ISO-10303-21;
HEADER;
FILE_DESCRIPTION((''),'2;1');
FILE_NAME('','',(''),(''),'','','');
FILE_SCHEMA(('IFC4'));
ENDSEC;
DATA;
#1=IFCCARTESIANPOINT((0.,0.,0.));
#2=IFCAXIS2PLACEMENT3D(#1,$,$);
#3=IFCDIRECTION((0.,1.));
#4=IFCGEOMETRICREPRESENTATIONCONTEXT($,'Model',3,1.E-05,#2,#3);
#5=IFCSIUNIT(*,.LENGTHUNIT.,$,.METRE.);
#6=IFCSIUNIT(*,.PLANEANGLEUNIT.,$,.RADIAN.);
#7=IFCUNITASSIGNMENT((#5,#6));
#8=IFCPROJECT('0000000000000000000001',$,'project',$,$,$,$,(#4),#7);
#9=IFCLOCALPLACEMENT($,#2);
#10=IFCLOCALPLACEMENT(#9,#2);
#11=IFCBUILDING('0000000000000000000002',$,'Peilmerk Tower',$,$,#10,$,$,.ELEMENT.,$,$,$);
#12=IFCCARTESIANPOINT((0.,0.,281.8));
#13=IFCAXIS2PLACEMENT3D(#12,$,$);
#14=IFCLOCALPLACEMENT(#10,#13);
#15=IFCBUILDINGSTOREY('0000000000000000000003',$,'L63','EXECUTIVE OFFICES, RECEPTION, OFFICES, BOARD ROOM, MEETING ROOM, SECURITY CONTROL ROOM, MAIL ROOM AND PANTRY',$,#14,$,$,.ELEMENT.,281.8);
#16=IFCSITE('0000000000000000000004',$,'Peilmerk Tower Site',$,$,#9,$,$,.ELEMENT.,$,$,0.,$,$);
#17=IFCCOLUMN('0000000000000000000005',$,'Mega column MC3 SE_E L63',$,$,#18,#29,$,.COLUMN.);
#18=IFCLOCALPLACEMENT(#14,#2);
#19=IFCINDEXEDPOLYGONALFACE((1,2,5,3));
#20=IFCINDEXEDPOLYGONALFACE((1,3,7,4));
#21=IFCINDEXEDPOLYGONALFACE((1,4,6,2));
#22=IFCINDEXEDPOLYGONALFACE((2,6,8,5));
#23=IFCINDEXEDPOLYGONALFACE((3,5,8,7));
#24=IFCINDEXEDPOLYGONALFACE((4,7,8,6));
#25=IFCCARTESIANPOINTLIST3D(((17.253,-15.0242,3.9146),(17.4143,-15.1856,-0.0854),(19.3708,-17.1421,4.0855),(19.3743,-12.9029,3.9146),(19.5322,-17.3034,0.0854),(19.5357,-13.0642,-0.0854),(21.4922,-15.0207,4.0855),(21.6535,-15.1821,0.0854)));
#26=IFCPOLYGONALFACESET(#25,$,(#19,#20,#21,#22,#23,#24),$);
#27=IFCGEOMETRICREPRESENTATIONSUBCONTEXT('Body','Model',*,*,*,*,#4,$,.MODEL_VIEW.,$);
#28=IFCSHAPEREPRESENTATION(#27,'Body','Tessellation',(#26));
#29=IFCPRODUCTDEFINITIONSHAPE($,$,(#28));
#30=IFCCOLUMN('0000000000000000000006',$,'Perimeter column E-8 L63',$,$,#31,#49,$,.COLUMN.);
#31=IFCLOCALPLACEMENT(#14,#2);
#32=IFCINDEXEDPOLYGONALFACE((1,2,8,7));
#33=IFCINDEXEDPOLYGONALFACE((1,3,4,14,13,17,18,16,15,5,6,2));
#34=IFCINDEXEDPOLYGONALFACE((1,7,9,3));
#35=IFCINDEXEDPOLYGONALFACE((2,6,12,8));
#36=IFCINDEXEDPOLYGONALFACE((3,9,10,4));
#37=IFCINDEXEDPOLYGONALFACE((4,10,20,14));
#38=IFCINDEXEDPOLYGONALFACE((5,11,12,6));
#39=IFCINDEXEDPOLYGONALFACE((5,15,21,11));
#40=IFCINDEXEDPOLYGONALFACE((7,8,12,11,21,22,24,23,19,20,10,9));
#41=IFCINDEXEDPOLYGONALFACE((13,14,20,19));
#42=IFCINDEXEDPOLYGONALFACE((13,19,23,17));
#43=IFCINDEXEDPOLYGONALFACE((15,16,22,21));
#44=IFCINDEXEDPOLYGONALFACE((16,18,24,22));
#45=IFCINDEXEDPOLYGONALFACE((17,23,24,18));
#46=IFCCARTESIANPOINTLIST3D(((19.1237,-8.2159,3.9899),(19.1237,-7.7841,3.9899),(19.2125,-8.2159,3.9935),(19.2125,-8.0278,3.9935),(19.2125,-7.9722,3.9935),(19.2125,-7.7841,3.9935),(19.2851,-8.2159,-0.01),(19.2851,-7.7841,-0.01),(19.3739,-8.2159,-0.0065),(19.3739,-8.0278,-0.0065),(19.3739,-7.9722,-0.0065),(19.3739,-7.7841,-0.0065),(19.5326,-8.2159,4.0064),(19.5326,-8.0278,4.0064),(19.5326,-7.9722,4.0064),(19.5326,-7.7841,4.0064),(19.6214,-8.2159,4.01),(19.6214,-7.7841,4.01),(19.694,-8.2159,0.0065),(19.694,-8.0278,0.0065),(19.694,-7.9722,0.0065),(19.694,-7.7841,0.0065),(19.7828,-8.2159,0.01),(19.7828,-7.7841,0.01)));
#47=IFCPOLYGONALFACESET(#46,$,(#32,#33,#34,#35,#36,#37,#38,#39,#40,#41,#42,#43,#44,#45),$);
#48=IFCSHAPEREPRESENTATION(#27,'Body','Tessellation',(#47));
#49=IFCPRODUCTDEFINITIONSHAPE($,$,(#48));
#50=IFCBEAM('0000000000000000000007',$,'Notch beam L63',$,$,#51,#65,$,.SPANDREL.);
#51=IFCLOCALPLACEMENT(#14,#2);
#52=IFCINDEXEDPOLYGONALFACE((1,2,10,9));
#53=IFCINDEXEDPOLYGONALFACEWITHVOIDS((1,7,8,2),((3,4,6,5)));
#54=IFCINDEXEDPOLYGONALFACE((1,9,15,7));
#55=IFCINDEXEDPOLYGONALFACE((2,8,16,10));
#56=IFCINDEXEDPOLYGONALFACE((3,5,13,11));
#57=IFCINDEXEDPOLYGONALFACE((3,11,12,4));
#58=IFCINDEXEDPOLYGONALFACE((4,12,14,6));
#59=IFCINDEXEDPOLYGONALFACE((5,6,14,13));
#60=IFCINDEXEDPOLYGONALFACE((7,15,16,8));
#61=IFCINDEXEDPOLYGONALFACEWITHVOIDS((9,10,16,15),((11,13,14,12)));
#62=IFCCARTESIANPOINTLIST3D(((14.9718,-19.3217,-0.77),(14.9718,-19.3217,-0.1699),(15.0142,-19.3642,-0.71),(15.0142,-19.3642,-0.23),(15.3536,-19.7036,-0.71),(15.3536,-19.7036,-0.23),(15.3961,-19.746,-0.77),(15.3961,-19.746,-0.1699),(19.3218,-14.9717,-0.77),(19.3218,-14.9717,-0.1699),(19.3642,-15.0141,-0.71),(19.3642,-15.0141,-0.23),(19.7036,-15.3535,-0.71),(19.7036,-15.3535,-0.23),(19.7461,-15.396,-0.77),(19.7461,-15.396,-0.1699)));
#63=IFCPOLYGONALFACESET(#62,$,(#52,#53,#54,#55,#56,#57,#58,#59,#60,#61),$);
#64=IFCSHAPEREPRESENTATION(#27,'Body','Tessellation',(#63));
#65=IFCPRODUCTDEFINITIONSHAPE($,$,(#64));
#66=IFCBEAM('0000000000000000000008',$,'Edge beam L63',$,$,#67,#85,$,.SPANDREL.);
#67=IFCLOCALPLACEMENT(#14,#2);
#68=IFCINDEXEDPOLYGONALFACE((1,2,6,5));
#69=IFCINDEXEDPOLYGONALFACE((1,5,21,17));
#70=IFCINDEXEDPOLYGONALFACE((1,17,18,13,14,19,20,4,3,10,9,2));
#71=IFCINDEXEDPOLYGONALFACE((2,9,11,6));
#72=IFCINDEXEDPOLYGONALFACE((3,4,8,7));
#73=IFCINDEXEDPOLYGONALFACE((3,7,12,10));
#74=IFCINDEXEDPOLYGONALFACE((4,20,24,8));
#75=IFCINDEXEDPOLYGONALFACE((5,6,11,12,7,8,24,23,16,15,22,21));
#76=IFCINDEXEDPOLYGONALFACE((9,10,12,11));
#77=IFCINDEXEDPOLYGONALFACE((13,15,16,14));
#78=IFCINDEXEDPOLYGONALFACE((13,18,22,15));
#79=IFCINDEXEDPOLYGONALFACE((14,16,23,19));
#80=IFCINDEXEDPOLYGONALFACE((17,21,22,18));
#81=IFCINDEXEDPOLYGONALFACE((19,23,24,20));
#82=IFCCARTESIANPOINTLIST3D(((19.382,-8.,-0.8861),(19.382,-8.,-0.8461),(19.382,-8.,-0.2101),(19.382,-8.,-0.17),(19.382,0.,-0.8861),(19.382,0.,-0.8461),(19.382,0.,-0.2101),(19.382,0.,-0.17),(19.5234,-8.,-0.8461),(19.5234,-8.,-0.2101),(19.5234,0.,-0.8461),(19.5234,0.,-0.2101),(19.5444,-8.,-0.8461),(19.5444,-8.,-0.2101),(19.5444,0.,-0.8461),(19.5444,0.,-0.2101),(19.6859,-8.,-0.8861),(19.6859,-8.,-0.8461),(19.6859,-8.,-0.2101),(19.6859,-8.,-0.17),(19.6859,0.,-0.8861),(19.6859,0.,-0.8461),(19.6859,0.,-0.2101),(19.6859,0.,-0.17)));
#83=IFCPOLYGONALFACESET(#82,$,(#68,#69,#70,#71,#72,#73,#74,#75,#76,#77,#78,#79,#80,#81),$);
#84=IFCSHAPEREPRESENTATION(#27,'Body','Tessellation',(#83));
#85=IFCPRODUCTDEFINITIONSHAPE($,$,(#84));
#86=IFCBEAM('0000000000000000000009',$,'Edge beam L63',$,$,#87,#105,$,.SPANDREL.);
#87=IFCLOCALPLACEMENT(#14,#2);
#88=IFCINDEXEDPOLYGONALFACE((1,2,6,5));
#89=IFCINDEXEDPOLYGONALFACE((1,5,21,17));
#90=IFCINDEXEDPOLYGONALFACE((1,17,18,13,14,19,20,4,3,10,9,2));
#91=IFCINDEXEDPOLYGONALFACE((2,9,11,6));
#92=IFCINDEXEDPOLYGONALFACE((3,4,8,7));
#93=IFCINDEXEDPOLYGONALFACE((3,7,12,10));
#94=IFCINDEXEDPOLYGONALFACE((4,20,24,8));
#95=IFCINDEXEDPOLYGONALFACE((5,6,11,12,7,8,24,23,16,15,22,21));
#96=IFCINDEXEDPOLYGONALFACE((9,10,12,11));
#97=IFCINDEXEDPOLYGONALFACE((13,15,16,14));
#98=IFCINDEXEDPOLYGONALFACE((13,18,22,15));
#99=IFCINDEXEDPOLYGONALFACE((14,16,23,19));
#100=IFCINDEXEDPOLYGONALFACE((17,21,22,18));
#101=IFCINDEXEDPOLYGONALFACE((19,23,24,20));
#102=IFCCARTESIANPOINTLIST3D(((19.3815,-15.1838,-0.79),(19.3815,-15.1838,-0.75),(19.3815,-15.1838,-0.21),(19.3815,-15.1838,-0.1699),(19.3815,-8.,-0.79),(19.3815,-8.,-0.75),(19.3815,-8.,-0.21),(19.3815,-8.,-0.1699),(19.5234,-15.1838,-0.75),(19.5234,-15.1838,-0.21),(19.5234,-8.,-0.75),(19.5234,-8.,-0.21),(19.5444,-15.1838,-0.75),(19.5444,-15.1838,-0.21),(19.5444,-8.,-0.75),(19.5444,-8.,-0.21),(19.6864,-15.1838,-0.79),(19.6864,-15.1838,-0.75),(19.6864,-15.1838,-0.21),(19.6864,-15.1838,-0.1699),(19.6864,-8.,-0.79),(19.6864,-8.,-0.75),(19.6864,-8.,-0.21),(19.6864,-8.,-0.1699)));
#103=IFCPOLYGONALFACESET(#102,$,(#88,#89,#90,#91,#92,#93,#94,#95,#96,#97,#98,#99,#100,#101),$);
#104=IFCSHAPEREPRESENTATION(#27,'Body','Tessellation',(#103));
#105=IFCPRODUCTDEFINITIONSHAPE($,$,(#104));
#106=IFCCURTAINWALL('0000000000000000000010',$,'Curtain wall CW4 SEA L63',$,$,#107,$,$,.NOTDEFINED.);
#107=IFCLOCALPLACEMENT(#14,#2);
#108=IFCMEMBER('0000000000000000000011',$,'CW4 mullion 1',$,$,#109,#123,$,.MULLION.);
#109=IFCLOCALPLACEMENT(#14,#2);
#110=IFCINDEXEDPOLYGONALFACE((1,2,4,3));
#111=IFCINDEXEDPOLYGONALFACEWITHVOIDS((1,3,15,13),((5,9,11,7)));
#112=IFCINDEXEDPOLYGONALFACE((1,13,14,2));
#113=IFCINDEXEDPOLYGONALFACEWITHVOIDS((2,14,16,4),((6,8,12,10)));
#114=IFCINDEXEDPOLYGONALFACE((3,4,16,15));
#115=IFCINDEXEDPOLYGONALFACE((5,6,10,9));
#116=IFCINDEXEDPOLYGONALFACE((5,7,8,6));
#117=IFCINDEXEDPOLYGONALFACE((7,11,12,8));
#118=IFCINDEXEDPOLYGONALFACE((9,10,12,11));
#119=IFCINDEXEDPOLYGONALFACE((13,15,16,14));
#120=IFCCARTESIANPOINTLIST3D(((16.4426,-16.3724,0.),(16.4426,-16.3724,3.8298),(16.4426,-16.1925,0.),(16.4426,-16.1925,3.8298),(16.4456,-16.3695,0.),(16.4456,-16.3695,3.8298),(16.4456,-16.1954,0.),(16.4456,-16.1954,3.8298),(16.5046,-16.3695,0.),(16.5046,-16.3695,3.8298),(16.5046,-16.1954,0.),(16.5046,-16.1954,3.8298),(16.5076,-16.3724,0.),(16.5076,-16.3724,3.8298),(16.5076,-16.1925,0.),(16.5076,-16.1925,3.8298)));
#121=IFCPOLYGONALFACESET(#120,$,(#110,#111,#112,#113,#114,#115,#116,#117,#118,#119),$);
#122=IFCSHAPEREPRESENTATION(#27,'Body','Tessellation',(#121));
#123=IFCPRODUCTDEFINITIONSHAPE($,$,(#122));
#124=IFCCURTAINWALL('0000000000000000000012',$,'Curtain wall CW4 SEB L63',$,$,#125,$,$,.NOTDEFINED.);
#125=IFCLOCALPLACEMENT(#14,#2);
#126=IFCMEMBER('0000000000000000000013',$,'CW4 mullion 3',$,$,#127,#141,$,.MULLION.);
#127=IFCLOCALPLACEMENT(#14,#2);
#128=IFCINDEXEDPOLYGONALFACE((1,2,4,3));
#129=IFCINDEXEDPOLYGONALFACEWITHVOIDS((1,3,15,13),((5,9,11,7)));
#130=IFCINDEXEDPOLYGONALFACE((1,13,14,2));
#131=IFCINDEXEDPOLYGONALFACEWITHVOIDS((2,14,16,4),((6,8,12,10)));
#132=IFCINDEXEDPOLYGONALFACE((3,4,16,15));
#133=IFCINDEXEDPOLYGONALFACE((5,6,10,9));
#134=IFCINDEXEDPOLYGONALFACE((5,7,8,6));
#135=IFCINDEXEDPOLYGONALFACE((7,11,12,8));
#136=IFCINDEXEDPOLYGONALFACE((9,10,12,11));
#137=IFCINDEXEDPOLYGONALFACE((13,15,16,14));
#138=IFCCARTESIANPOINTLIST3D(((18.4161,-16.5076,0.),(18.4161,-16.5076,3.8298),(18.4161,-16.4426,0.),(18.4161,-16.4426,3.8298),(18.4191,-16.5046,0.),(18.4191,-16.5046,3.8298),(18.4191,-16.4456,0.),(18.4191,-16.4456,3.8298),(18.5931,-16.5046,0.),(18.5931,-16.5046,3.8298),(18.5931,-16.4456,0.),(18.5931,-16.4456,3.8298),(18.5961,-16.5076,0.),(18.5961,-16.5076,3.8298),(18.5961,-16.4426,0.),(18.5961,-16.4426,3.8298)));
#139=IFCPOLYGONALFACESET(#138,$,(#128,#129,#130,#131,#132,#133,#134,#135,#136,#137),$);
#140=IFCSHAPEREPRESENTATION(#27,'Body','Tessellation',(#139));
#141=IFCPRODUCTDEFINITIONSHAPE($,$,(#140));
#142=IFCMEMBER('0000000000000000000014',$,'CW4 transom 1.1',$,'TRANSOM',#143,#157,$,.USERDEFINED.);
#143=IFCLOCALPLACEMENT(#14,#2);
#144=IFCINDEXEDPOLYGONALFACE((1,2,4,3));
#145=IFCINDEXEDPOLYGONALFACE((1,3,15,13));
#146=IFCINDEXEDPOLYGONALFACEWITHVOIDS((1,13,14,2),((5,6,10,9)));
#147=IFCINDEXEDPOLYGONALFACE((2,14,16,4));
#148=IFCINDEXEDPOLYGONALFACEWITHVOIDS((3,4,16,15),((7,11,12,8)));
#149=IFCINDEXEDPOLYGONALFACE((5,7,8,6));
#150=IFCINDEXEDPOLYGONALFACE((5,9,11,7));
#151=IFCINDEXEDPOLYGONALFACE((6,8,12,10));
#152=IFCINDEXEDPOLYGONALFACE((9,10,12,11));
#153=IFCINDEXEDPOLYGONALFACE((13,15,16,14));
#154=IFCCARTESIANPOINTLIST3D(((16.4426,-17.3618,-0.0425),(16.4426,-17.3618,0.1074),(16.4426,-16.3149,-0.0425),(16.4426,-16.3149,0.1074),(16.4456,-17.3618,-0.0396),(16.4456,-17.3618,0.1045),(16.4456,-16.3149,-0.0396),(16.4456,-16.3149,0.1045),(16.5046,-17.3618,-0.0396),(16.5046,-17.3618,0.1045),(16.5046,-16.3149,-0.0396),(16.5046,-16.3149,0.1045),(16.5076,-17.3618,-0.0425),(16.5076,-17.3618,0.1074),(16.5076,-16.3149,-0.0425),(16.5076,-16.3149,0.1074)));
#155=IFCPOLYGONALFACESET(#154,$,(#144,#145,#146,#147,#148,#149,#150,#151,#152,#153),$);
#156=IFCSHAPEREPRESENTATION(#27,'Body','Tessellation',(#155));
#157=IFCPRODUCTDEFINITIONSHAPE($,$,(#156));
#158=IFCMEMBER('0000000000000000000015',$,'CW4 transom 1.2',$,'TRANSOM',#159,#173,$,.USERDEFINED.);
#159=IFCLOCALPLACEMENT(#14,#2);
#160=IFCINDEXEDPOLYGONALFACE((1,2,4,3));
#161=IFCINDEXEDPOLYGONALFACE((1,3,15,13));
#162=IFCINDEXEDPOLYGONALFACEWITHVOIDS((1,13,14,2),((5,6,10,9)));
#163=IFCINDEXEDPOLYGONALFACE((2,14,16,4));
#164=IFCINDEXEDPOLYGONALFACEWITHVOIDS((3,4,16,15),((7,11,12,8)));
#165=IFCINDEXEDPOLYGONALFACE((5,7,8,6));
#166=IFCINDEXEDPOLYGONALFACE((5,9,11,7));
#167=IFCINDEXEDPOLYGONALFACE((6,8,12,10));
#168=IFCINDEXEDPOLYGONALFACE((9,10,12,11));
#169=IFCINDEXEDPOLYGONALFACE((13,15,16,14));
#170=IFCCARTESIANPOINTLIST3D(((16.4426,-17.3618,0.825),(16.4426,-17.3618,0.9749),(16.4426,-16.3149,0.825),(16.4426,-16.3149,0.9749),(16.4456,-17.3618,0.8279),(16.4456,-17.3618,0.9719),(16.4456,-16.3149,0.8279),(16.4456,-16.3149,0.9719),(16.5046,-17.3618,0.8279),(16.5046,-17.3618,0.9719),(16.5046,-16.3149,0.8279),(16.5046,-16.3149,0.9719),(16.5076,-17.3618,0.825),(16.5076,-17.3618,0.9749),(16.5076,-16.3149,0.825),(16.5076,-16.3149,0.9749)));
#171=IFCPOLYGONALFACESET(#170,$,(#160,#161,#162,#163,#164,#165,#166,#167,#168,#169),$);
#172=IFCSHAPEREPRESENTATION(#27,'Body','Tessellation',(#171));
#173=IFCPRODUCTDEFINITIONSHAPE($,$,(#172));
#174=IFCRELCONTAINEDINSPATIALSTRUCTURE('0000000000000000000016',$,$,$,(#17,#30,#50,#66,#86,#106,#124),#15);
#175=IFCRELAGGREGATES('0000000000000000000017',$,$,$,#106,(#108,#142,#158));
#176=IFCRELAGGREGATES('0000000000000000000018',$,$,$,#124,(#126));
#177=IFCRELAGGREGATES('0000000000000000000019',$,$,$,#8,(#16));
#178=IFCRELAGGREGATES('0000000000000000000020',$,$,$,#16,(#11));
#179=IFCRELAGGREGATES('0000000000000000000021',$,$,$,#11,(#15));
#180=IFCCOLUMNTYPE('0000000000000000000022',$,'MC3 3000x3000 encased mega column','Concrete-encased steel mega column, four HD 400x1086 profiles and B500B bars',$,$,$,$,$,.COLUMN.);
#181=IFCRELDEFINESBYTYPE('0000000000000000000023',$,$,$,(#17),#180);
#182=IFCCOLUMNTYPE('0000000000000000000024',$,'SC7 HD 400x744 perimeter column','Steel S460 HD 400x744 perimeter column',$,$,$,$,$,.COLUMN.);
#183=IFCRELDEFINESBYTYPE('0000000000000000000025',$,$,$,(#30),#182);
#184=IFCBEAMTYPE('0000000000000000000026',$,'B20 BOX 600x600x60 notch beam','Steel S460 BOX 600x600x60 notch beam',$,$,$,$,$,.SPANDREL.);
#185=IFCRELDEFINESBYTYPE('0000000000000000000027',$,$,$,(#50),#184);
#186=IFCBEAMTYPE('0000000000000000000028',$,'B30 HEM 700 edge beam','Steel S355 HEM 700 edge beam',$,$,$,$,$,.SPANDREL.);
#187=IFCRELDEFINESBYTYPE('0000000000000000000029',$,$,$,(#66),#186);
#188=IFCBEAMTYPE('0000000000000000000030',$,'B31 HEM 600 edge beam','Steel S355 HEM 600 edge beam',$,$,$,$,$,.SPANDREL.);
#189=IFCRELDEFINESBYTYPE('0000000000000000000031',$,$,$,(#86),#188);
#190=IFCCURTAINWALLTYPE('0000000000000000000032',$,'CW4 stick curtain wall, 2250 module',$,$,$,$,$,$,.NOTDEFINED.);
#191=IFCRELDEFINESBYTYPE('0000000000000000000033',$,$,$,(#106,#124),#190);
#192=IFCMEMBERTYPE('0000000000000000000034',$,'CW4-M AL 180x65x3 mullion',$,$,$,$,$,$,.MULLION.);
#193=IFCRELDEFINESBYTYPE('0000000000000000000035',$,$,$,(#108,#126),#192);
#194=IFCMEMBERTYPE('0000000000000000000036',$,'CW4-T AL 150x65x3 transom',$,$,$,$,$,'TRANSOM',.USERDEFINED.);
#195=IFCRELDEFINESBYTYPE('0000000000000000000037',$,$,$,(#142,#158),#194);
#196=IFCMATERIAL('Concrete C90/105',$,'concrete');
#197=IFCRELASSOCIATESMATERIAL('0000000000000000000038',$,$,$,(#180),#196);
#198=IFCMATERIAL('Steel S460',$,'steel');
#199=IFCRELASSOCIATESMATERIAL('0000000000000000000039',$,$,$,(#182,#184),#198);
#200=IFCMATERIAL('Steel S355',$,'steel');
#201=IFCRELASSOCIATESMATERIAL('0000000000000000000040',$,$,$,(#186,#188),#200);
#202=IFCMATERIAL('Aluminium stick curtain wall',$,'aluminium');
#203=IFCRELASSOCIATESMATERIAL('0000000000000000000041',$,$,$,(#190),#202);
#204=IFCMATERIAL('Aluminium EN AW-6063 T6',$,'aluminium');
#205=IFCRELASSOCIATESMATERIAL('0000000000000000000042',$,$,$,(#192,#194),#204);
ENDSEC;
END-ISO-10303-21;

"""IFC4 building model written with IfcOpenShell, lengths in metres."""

from ifc_helpers import new_model, si_unit, direction, frame, origin, origin_2d, place, context, subcontext, project, spatial, rectangle, hollow_rectangle, i_section, extrude, material, material_profile, profile_set, type_object, element, aggregate, save


model = new_model("IFC4")

# Units and contexts
model_context = context("Model", 3, precision=1e-05, world=origin(), true_north=direction((0.0, 1.0)))
body_context = subcontext(model_context, "Body", "Model", "MODEL_VIEW")
ifc_project = project(units=[si_unit("LENGTHUNIT", "METRE"), si_unit("PLANEANGLEUNIT", "RADIAN")], contexts=[model_context])

# Site, building, storey
site_placement = place(None, origin())
site = spatial("IfcSite", under=ifc_project, at=site_placement, Name="Peilmerk Tower Site", CompositionType="ELEMENT", RefElevation=0.0)
building_placement = place(site_placement, origin())
building = spatial("IfcBuilding", under=site, at=building_placement, Name="Peilmerk Tower", CompositionType="ELEMENT")
storey_placement = place(building_placement, frame((0.0, 0.0, 281.8)))
storey = spatial("IfcBuildingStorey", under=building, at=storey_placement, Name="L63", Description="EXECUTIVE OFFICES, RECEPTION, OFFICES, BOARD ROOM, MEETING ROOM, SECURITY CONTROL ROOM, MAIL ROOM AND PANTRY", CompositionType="ELEMENT", Elevation=281.8)

# Columns
ifc_material_1 = material(Name="Concrete C90/105", Category="concrete")
ifc_material_profile_1 = material_profile(ifc_material_1, rectangle(XDim=3.0, YDim=3.0, at=origin_2d()), Name="RC 3000x3000")
ifc_profile_set_1 = profile_set([ifc_material_profile_1], Name="Concrete C90/105")
column_type_1 = type_object("IfcColumnType", Name="MC3 3000x3000 encased mega column", Description="Concrete-encased steel mega column, four HD 400x1086 profiles and B500B bars", PredefinedType="COLUMN", material=ifc_profile_set_1)
column_1_placement = place(storey_placement, frame((19.5339, -15.1838, 0.0), z_axis=(-0.040279, 0.040279, 0.998376), x_axis=(-0.707107, -0.707107, 0.0)))
element("IfcColumn", 1, at=column_1_placement, inside=storey, type_object=column_type_1, Name="Mega column MC3 SE_E L63", PredefinedType="COLUMN", context=body_context, shape_type="SweptSolid", body=[
    extrude(rectangle(XDim=3.0, YDim=3.0, at=origin_2d()), origin(), (0.0, 0.0, 1.0), 4.0066),
])
ifc_material_2 = material(Name="Steel S460", Category="steel")
ifc_material_profile_2 = material_profile(ifc_material_2, i_section(OverallWidth=0.4319, OverallDepth=0.498, WebThickness=0.0557, FlangeThickness=0.0889, at=origin_2d()), Name="HD 400x744")
ifc_profile_set_2 = profile_set([ifc_material_profile_2], Name="Steel S460")
column_type_2 = type_object("IfcColumnType", Name="SC7 HD 400x744 perimeter column", Description="Steel S460 HD 400x744 perimeter column", PredefinedType="COLUMN", material=ifc_profile_set_2)
column_2_placement = place(storey_placement, frame((19.5339, -8.0, 0.0), z_axis=(-0.040311, 0.0, 0.999187), x_axis=(0.0, -1.0, 0.0)))
element("IfcColumn", 2, at=column_2_placement, inside=storey, type_object=column_type_2, Name="Perimeter column E-8 L63", PredefinedType="COLUMN", context=body_context, shape_type="SweptSolid", body=[
    extrude(i_section(OverallWidth=0.4319, OverallDepth=0.498, WebThickness=0.0557, FlangeThickness=0.0889, at=origin_2d()), origin(), (0.0, 0.0, 1.0), 4.0032),
])

# Beams
ifc_material_profile_3 = material_profile(ifc_material_2, hollow_rectangle(XDim=0.6001, YDim=0.6001, WallThickness=0.0601, at=origin_2d()), Name="BOX 600x600x60")
ifc_profile_set_3 = profile_set([ifc_material_profile_3], Name="Steel S460")
beam_type_1 = type_object("IfcBeamType", Name="B20 BOX 600x600x60 notch beam", Description="Steel S460 BOX 600x600x60 notch beam", PredefinedType="SPANDREL", material=ifc_profile_set_3)
beam_1_placement = place(storey_placement, frame((19.5339, -15.1838, -0.47), z_axis=(-0.707107, -0.707107, 0.0), x_axis=(0.707107, -0.707107, 0.0)))
element("IfcBeam", 3, at=beam_1_placement, inside=storey, type_object=beam_type_1, Name="Notch beam L63", PredefinedType="SPANDREL", context=body_context, shape_type="SweptSolid", body=[
    extrude(hollow_rectangle(XDim=0.6001, YDim=0.6001, WallThickness=0.0601, at=origin_2d()), origin(), (0.0, 0.0, 1.0), 6.1519),
])
ifc_material_3 = material(Name="Steel S355", Category="steel")
ifc_material_profile_4 = material_profile(ifc_material_3, i_section(OverallWidth=0.304, OverallDepth=0.7161, WebThickness=0.021, FlangeThickness=0.04, at=origin_2d()), Name="HEM 700")
ifc_profile_set_4 = profile_set([ifc_material_profile_4], Name="Steel S355")
beam_type_2 = type_object("IfcBeamType", Name="B30 HEM 700 edge beam", Description="Steel S355 HEM 700 edge beam", PredefinedType="SPANDREL", material=ifc_profile_set_4)
beam_2_placement = place(storey_placement, frame((19.5339, -8.0, -0.5281), z_axis=(0.0, 1.0, 0.0), x_axis=(-1.0, 0.0, 0.0)))
element("IfcBeam", 4, at=beam_2_placement, inside=storey, type_object=beam_type_2, Name="Edge beam L63", PredefinedType="SPANDREL", context=body_context, shape_type="SweptSolid", body=[
    extrude(i_section(OverallWidth=0.304, OverallDepth=0.7161, WebThickness=0.021, FlangeThickness=0.04, at=origin_2d()), origin(), (0.0, 0.0, 1.0), 8.0),
])
ifc_material_profile_5 = material_profile(ifc_material_3, i_section(OverallWidth=0.3049, OverallDepth=0.6201, WebThickness=0.021, FlangeThickness=0.04, at=origin_2d()), Name="HEM 600")
ifc_profile_set_5 = profile_set([ifc_material_profile_5], Name="Steel S355")
beam_type_3 = type_object("IfcBeamType", Name="B31 HEM 600 edge beam", Description="Steel S355 HEM 600 edge beam", PredefinedType="SPANDREL", material=ifc_profile_set_5)
beam_3_placement = place(storey_placement, frame((19.5339, -15.1838, -0.48), z_axis=(0.0, 1.0, 0.0), x_axis=(-1.0, 0.0, 0.0)))
element("IfcBeam", 5, at=beam_3_placement, inside=storey, type_object=beam_type_3, Name="Edge beam L63", PredefinedType="SPANDREL", context=body_context, shape_type="SweptSolid", body=[
    extrude(i_section(OverallWidth=0.3049, OverallDepth=0.6201, WebThickness=0.021, FlangeThickness=0.04, at=origin_2d()), origin(), (0.0, 0.0, 1.0), 7.1838),
])

# Curtain walls, members
ifc_material_4 = material(Name="Aluminium stick curtain wall", Category="aluminium")
curtain_wall_type = type_object("IfcCurtainWallType", Name="CW4 stick curtain wall, 2250 module", PredefinedType="NOTDEFINED", material=ifc_material_4)
curtain_wall_1_placement = place(storey_placement, origin())
curtain_wall_1 = element("IfcCurtainWall", 6, at=curtain_wall_1_placement, inside=storey, type_object=curtain_wall_type, Name="Curtain wall CW4 SEA L63", PredefinedType="NOTDEFINED")
ifc_material_5 = material(Name="Aluminium EN AW-6063 T6", Category="aluminium")
ifc_material_profile_6 = material_profile(ifc_material_5, hollow_rectangle(XDim=0.0649, YDim=0.1799, WallThickness=0.0029, at=origin_2d()), Name="AL 180x65x3")
ifc_profile_set_6 = profile_set([ifc_material_profile_6], Name="Aluminium EN AW-6063 T6")
member_type_1 = type_object("IfcMemberType", Name="CW4-M AL 180x65x3 mullion", PredefinedType="MULLION", material=ifc_profile_set_6)
member_1_placement = place(storey_placement, frame((16.4751, -16.2825, 0.0), z_axis=(0.0, 0.0, 1.0), x_axis=(1.0, 0.0, 0.0)))
member_1 = element("IfcMember", 7, at=member_1_placement, type_object=member_type_1, Name="CW4 mullion 1", PredefinedType="MULLION", context=body_context, shape_type="SweptSolid", body=[
    extrude(hollow_rectangle(XDim=0.0649, YDim=0.1799, WallThickness=0.0029, at=origin_2d()), origin(), (0.0, 0.0, 1.0), 3.8298),
])
curtain_wall_2_placement = place(storey_placement, origin())
curtain_wall_2 = element("IfcCurtainWall", 8, at=curtain_wall_2_placement, inside=storey, type_object=curtain_wall_type, Name="Curtain wall CW4 SEB L63", PredefinedType="NOTDEFINED")
member_2_placement = place(storey_placement, frame((18.5061, -16.4751, 0.0), z_axis=(0.0, 0.0, 1.0), x_axis=(0.0, 1.0, 0.0)))
member_2 = element("IfcMember", 9, at=member_2_placement, type_object=member_type_1, Name="CW4 mullion 3", PredefinedType="MULLION", context=body_context, shape_type="SweptSolid", body=[
    extrude(hollow_rectangle(XDim=0.0649, YDim=0.1799, WallThickness=0.0029, at=origin_2d()), origin(), (0.0, 0.0, 1.0), 3.8298),
])

# Members
ifc_material_profile_7 = material_profile(ifc_material_5, hollow_rectangle(XDim=0.0649, YDim=0.1499, WallThickness=0.0029, at=origin_2d()), Name="AL 150x65x3")
ifc_profile_set_7 = profile_set([ifc_material_profile_7], Name="Aluminium EN AW-6063 T6")
member_type_2 = type_object("IfcMemberType", Name="CW4-T AL 150x65x3 transom", ElementType="TRANSOM", PredefinedType="USERDEFINED", material=ifc_profile_set_7)
member_3_placement = place(storey_placement, frame((16.4751, -16.3149, 0.0325), z_axis=(0.0, -1.0, 0.0), x_axis=(1.0, 0.0, 0.0)))
member_3 = element("IfcMember", 10, at=member_3_placement, type_object=member_type_2, Name="CW4 transom 1.1", ObjectType="TRANSOM", PredefinedType="USERDEFINED", context=body_context, shape_type="SweptSolid", body=[
    extrude(hollow_rectangle(XDim=0.0649, YDim=0.1499, WallThickness=0.0029, at=origin_2d()), origin(), (0.0, 0.0, 1.0), 1.0469),
])
member_4_placement = place(storey_placement, frame((16.4751, -16.3149, 0.8999), z_axis=(0.0, -1.0, 0.0), x_axis=(1.0, 0.0, 0.0)))
member_4 = element("IfcMember", 11, at=member_4_placement, type_object=member_type_2, Name="CW4 transom 1.2", ObjectType="TRANSOM", PredefinedType="USERDEFINED", context=body_context, shape_type="SweptSolid", body=[
    extrude(hollow_rectangle(XDim=0.0649, YDim=0.1499, WallThickness=0.0029, at=origin_2d()), origin(), (0.0, 0.0, 1.0), 1.0469),
])
aggregate(curtain_wall_1, [member_1, member_3, member_4])

aggregate(curtain_wall_2, [member_2])

save(model, "model.ifc")
